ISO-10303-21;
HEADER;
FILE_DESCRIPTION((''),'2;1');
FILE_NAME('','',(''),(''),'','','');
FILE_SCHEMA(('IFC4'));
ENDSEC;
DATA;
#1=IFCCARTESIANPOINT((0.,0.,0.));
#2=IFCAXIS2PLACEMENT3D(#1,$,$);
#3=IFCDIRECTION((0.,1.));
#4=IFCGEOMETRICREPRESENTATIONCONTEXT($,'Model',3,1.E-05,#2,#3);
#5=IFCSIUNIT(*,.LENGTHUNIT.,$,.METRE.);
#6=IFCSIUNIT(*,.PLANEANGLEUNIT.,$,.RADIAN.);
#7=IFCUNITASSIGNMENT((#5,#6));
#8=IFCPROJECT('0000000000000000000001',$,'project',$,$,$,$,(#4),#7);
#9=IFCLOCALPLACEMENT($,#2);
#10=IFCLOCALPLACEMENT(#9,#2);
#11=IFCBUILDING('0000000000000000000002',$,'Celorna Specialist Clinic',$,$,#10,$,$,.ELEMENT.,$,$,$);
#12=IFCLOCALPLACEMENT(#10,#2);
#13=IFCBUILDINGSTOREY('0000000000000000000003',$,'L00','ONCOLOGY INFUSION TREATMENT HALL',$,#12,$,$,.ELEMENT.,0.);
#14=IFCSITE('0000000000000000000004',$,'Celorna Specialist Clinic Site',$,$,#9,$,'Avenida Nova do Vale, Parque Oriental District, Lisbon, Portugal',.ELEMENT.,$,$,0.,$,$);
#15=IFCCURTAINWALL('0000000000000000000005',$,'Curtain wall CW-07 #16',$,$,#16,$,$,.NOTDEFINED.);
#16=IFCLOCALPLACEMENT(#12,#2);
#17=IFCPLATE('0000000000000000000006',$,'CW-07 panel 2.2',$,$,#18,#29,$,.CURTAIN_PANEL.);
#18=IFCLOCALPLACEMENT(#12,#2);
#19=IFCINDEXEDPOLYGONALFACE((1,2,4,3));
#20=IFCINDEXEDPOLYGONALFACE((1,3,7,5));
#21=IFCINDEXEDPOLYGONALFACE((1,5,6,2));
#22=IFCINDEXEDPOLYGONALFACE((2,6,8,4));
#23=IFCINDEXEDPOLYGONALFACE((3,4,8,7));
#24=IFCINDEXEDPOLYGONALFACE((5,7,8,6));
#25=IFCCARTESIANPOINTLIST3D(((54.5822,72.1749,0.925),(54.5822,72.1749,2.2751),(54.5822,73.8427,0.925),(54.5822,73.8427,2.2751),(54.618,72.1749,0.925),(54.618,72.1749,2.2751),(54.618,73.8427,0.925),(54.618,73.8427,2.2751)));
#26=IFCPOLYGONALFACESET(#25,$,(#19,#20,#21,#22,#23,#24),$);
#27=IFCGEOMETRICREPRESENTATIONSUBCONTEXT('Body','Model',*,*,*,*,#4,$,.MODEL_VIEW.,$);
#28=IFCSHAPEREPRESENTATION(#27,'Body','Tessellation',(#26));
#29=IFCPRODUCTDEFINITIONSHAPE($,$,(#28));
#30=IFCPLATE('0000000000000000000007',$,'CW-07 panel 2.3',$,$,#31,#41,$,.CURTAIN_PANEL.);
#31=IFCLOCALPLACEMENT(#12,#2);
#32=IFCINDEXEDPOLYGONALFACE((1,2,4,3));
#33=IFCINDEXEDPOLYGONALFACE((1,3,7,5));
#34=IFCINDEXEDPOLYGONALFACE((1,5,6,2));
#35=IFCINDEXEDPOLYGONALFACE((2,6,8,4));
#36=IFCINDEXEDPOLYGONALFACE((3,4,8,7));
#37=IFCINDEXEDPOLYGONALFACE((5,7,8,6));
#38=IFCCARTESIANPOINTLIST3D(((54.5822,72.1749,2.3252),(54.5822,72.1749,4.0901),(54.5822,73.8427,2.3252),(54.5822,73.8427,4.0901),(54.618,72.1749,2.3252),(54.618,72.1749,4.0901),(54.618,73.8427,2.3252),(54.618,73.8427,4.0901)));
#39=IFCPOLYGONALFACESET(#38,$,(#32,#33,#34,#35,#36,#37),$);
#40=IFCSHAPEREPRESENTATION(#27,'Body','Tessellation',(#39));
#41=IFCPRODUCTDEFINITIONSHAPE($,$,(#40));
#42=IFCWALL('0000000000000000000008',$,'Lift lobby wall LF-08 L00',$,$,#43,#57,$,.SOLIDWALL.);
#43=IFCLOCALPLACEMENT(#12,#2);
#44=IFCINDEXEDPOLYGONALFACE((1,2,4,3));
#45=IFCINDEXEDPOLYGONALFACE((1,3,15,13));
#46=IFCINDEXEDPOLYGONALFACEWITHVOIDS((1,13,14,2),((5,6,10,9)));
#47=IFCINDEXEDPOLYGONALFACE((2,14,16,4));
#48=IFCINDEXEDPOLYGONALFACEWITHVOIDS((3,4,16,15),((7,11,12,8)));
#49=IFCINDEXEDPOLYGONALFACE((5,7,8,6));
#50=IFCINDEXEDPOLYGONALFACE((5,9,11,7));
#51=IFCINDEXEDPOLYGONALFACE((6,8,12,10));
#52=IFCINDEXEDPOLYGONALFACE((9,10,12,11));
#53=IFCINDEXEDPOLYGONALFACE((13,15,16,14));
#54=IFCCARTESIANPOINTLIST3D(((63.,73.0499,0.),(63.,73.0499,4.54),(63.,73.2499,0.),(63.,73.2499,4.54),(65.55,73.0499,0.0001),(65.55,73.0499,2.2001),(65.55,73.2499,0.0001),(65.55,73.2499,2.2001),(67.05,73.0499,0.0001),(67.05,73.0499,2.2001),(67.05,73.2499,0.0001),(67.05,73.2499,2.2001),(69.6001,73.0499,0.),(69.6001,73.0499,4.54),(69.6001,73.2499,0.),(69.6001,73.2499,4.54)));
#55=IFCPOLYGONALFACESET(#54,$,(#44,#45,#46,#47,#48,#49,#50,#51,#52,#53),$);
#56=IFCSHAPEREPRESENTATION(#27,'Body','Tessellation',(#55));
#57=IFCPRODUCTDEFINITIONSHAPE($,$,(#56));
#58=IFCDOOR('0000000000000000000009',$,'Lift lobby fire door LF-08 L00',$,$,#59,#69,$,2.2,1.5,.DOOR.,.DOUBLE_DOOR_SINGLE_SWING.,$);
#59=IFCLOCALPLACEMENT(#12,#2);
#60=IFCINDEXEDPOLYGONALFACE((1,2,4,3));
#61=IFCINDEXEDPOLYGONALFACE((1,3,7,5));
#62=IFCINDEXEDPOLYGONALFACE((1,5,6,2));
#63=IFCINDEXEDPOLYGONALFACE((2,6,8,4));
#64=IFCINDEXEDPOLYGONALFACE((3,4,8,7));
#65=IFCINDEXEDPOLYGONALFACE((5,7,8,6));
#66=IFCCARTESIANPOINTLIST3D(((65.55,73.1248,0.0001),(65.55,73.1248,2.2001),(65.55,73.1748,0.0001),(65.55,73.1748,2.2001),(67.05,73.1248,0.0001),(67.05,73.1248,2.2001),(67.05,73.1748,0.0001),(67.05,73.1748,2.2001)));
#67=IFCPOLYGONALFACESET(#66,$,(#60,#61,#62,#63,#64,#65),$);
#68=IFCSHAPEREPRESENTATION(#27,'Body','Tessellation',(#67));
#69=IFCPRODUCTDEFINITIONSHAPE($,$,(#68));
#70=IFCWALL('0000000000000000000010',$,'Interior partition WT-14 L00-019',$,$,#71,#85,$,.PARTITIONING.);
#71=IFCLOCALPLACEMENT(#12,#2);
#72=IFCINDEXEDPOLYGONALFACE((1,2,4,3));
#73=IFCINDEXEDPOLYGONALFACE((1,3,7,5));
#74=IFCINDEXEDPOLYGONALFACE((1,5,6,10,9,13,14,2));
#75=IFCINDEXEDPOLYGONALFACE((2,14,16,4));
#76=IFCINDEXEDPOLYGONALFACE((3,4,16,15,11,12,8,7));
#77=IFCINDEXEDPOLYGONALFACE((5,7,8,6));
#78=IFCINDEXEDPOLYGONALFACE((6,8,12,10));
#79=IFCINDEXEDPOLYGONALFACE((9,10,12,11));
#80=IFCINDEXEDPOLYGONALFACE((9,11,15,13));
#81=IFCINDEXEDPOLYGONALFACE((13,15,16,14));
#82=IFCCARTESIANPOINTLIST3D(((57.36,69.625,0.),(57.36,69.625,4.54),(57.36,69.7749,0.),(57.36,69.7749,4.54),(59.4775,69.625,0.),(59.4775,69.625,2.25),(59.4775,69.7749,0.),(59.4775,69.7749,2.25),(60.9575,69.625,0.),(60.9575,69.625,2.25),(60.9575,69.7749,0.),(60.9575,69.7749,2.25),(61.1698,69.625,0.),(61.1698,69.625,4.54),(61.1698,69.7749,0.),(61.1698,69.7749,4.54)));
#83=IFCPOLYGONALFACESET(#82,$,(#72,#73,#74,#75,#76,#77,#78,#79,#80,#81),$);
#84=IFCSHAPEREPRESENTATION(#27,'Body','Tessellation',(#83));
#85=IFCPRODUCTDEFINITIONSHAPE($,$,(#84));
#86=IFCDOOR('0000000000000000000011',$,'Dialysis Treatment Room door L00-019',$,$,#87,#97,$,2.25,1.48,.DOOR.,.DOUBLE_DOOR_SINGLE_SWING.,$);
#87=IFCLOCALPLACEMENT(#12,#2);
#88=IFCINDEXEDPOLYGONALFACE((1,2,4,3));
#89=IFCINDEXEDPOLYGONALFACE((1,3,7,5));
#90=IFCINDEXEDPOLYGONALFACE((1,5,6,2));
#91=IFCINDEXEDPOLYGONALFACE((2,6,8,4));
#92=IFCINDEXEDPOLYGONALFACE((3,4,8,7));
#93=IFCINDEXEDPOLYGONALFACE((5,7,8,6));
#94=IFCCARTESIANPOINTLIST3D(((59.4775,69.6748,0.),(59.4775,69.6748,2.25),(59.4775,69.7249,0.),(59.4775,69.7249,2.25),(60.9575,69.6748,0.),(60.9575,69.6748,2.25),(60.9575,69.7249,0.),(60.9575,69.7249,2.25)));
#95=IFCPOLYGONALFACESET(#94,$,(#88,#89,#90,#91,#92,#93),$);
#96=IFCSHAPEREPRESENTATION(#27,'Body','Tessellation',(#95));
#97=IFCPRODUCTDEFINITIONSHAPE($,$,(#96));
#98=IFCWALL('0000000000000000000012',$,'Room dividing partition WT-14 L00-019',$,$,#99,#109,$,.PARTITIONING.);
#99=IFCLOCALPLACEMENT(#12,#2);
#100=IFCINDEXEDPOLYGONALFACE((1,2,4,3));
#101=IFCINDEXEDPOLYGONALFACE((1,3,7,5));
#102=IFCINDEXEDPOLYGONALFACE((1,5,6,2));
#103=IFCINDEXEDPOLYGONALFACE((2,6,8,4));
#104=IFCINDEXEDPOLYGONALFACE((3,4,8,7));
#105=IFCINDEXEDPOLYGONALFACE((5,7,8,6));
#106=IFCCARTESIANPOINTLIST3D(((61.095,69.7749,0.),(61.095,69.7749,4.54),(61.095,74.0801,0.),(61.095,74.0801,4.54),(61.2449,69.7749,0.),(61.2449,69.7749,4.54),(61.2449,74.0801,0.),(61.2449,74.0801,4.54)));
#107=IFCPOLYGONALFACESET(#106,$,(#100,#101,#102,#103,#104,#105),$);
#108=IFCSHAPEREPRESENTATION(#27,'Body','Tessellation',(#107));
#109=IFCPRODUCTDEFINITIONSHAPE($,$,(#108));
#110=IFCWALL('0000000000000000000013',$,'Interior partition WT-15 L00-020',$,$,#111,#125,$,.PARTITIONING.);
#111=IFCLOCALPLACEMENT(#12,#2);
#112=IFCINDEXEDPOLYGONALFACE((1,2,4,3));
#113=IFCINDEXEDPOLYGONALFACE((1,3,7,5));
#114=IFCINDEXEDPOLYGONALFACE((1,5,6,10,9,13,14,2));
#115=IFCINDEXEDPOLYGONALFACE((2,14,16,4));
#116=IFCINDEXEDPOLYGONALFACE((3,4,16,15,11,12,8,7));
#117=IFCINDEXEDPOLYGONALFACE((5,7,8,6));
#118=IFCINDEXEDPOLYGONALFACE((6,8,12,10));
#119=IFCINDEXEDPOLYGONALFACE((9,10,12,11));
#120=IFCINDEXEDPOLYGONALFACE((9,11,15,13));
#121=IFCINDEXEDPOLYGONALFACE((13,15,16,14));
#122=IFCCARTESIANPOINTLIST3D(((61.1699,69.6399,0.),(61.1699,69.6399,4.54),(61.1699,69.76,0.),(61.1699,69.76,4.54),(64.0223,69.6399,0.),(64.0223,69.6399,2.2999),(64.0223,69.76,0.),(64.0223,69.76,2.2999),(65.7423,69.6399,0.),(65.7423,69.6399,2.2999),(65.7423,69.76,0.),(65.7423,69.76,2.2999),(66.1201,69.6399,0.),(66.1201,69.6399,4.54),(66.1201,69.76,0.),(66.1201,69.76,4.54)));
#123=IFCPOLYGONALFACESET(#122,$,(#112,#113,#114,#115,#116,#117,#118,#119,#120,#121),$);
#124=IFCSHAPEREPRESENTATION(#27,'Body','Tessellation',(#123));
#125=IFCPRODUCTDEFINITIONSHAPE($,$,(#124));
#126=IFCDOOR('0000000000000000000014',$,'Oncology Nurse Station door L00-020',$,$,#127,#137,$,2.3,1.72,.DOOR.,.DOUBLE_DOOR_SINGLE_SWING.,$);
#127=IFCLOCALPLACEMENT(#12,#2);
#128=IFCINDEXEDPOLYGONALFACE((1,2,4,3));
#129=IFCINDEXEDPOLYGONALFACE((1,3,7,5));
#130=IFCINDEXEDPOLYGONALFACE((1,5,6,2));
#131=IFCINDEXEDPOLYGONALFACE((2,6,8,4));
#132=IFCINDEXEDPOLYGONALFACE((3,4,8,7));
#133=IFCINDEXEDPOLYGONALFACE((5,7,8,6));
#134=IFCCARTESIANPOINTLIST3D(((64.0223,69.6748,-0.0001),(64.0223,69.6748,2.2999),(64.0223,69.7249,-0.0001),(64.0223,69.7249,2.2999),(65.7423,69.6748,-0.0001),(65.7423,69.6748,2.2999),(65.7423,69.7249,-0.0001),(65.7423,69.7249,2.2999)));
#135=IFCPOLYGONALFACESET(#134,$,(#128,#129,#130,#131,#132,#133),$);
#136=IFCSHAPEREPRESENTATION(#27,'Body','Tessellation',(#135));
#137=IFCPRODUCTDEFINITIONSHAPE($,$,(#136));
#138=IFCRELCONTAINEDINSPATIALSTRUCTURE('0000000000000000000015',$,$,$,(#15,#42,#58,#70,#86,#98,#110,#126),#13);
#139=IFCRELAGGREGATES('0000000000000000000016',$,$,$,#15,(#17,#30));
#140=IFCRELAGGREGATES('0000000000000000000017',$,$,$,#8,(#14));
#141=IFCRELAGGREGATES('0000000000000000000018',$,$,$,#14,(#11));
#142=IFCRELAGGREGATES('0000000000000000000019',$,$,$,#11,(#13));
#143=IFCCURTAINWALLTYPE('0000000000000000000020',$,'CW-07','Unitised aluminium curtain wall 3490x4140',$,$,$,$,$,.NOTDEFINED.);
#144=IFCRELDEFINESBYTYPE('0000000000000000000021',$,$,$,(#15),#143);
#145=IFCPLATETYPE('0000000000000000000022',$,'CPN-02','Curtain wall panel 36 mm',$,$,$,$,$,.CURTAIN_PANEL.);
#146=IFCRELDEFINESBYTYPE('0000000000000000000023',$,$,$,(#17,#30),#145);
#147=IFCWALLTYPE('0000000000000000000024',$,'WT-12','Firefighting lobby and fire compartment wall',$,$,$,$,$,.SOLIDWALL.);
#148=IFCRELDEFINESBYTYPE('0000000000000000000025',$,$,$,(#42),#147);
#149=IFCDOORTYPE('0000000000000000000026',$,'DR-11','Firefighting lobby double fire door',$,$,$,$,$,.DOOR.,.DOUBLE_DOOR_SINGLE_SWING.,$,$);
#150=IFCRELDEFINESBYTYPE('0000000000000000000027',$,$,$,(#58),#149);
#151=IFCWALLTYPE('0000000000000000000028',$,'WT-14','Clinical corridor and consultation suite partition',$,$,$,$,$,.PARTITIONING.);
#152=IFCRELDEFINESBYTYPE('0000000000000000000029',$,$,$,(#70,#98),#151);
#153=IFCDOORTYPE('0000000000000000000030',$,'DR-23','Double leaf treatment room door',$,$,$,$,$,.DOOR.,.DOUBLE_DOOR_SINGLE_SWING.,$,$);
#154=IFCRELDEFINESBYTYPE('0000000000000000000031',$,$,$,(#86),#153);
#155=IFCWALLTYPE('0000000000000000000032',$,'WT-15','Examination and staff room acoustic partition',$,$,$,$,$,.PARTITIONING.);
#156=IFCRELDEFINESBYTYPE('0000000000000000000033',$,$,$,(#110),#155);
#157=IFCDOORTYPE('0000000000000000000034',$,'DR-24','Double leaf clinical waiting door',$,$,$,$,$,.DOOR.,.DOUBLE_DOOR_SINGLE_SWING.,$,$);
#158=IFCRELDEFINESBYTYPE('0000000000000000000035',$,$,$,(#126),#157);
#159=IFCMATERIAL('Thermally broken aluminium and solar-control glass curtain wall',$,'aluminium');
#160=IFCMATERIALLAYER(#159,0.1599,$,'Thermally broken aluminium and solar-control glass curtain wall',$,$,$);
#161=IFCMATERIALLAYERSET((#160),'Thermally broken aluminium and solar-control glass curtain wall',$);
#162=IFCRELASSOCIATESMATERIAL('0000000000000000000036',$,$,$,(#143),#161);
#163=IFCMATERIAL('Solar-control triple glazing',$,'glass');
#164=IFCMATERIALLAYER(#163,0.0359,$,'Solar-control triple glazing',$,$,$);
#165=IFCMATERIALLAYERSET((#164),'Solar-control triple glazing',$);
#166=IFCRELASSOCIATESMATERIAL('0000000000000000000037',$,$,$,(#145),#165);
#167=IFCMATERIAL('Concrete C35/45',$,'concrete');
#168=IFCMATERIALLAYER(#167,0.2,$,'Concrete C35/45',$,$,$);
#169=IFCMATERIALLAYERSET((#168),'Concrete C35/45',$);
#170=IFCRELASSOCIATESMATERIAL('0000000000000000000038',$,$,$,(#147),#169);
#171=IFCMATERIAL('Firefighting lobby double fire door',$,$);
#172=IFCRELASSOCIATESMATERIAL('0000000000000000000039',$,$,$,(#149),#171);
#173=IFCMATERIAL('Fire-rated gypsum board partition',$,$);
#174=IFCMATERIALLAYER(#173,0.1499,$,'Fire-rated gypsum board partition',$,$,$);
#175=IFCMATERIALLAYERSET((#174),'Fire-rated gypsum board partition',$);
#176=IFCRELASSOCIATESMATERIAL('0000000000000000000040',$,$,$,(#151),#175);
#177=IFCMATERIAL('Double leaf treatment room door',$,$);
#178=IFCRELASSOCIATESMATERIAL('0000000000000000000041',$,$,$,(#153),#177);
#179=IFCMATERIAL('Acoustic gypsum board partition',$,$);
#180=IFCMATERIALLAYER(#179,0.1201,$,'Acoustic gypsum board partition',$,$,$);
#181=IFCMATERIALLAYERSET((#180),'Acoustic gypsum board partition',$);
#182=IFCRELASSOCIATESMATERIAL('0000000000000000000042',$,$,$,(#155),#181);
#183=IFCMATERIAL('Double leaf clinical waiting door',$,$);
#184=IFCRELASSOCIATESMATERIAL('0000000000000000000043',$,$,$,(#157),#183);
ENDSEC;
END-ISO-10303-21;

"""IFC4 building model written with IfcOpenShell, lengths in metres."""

from ifc_helpers import new_model, si_unit, direction, frame, frame_2d, origin, origin_2d, place, context, subcontext, project, spatial, rectangle, extrude, material, layer, layer_set, type_object, element, fill, aggregate, save


model = new_model("IFC4")

# Units and contexts
model_context = context("Model", 3, precision=1e-05, world=origin(), true_north=direction((0.0, 1.0)))
body_context = subcontext(model_context, "Body", "Model", "MODEL_VIEW")
ifc_project = project(units=[si_unit("LENGTHUNIT", "METRE"), si_unit("PLANEANGLEUNIT", "RADIAN")], contexts=[model_context])

# Site, building, storey
site_placement = place(None, origin())
site = spatial("IfcSite", under=ifc_project, at=site_placement, Name="Celorna Specialist Clinic Site", LongName="Avenida Nova do Vale, Parque Oriental District, Lisbon, Portugal", CompositionType="ELEMENT", RefElevation=0.0)
building_placement = place(site_placement, origin())
building = spatial("IfcBuilding", under=site, at=building_placement, Name="Celorna Specialist Clinic", CompositionType="ELEMENT")
storey_placement = place(building_placement, origin())
storey = spatial("IfcBuildingStorey", under=building, at=storey_placement, Name="L00", Description="ONCOLOGY INFUSION TREATMENT HALL", CompositionType="ELEMENT", Elevation=0.0)

# Curtain wall, plates
ifc_material_1 = material(Name="Thermally broken aluminium and solar-control glass curtain wall", Category="aluminium")
ifc_layer_1 = layer(ifc_material_1, 0.1599, Name="Thermally broken aluminium and solar-control glass curtain wall")
ifc_layer_set_1 = layer_set([ifc_layer_1], Name="Thermally broken aluminium and solar-control glass curtain wall")
curtain_wall_type = type_object("IfcCurtainWallType", Name="CW-07", Description="Unitised aluminium curtain wall 3490x4140", PredefinedType="NOTDEFINED", material=ifc_layer_set_1)
curtain_wall_placement = place(storey_placement, origin())
curtain_wall = element("IfcCurtainWall", 1, at=curtain_wall_placement, inside=storey, type_object=curtain_wall_type, Name="Curtain wall CW-07 #16", PredefinedType="NOTDEFINED")
ifc_material_2 = material(Name="Solar-control triple glazing", Category="glass")
ifc_layer_2 = layer(ifc_material_2, 0.0359, Name="Solar-control triple glazing")
ifc_layer_set_2 = layer_set([ifc_layer_2], Name="Solar-control triple glazing")
plate_type = type_object("IfcPlateType", Name="CPN-02", Description="Curtain wall panel 36 mm", PredefinedType="CURTAIN_PANEL", material=ifc_layer_set_2)
plate_1_placement = place(storey_placement, frame((54.6001, 73.0088, 0.925), z_axis=(0.0, 0.0, 1.0), x_axis=(0.0, 1.0, 0.0)))
plate_1 = element("IfcPlate", 2, at=plate_1_placement, type_object=plate_type, Name="CW-07 panel 2.2", PredefinedType="CURTAIN_PANEL", context=body_context, shape_type="SweptSolid", body=[
    extrude(rectangle(XDim=1.6677, YDim=0.0359, at=origin_2d()), origin(), (0.0, 0.0, 1.0), 1.3501),
])
plate_2_placement = place(storey_placement, frame((54.6001, 73.0088, 2.3252), z_axis=(0.0, 0.0, 1.0), x_axis=(0.0, 1.0, 0.0)))
plate_2 = element("IfcPlate", 3, at=plate_2_placement, type_object=plate_type, Name="CW-07 panel 2.3", PredefinedType="CURTAIN_PANEL", context=body_context, shape_type="SweptSolid", body=[
    extrude(rectangle(XDim=1.6677, YDim=0.0359, at=origin_2d()), origin(), (0.0, 0.0, 1.0), 1.7649),
])
aggregate(curtain_wall, [plate_1, plate_2])

# Wall, opening, door
ifc_material_3 = material(Name="Concrete C35/45", Category="concrete")
ifc_layer_3 = layer(ifc_material_3, 0.2, Name="Concrete C35/45")
ifc_layer_set_3 = layer_set([ifc_layer_3], Name="Concrete C35/45")
wall_type_1 = type_object("IfcWallType", Name="WT-12", Description="Firefighting lobby and fire compartment wall", PredefinedType="SOLIDWALL", material=ifc_layer_set_3)
wall_1_placement = place(storey_placement, frame((63.0, 73.1499, 0.0), z_axis=(0.0, 0.0, 1.0), x_axis=(1.0, 0.0, 0.0)))
wall_1 = element("IfcWall", 4, at=wall_1_placement, inside=storey, type_object=wall_type_1, Name="Lift lobby wall LF-08 L00", PredefinedType="SOLIDWALL", context=body_context, shape_type="SweptSolid", body=[
    extrude(rectangle(XDim=6.6001, YDim=0.2, at=frame_2d((3.3, 0.0))), origin(), (0.0, 0.0, 1.0), 4.54),
])
opening_1_placement = place(wall_1_placement, frame((2.55, 0.0, 0.0)))
opening_1 = element("IfcOpeningElement", 5, at=opening_1_placement, cuts=wall_1, PredefinedType="OPENING", context=body_context, shape_type="SweptSolid", body=[
    extrude(rectangle(XDim=1.5, YDim=2.2, at=frame_2d((0.75, 1.1001))), frame((0.0, 0.1099, 0.0), z_axis=(0.0, -1.0, 0.0), x_axis=(1.0, 0.0, 0.0)), (0.0, 0.0, 1.0), 0.22),
])
ifc_material_4 = material(Name="Firefighting lobby double fire door")
door_type_1 = type_object("IfcDoorType", Name="DR-11", Description="Firefighting lobby double fire door", OperationType="DOUBLE_DOOR_SINGLE_SWING", PredefinedType="DOOR", material=ifc_material_4)
door_1_placement = place(opening_1_placement, origin())
door_1 = element("IfcDoor", 6, at=door_1_placement, inside=storey, type_object=door_type_1, Name="Lift lobby fire door LF-08 L00", OperationType="DOUBLE_DOOR_SINGLE_SWING", OverallHeight=2.2, OverallWidth=1.5, PredefinedType="DOOR", context=body_context, shape_type="SweptSolid", body=[
    extrude(rectangle(XDim=1.5, YDim=2.2, at=frame_2d((0.75, 1.1001))), frame((0.0, 0.0249, 0.0), z_axis=(0.0, -1.0, 0.0), x_axis=(1.0, 0.0, 0.0)), (0.0, 0.0, 1.0), 0.05),
])
fill(opening_1, door_1)

# Shared definitions
ifc_material_5 = material(Name="Fire-rated gypsum board partition")
ifc_layer_4 = layer(ifc_material_5, 0.1499, Name="Fire-rated gypsum board partition")
ifc_layer_set_4 = layer_set([ifc_layer_4], Name="Fire-rated gypsum board partition")
wall_type_2 = type_object("IfcWallType", Name="WT-14", Description="Clinical corridor and consultation suite partition", PredefinedType="PARTITIONING", material=ifc_layer_set_4)

# Wall, opening, door
wall_2_placement = place(storey_placement, frame((57.3601, 69.7, 0.0), z_axis=(0.0, 0.0, 1.0), x_axis=(1.0, 0.0, 0.0)))
wall_2 = element("IfcWall", 7, at=wall_2_placement, inside=storey, type_object=wall_type_2, Name="Interior partition WT-14 L00-019", PredefinedType="PARTITIONING", context=body_context, shape_type="SweptSolid", body=[
    extrude(rectangle(XDim=3.8098, YDim=0.1499, at=frame_2d((1.9048, 0.0))), origin(), (0.0, 0.0, 1.0), 4.54),
])
opening_2_placement = place(wall_2_placement, frame((2.1174, 0.0, 0.0)))
opening_2 = element("IfcOpeningElement", 8, at=opening_2_placement, cuts=wall_2, PredefinedType="OPENING", context=body_context, shape_type="SweptSolid", body=[
    extrude(rectangle(XDim=1.48, YDim=2.25, at=frame_2d((0.74, 1.125))), frame((0.0, 0.085, 0.0), z_axis=(0.0, -1.0, 0.0), x_axis=(1.0, 0.0, 0.0)), (0.0, 0.0, 1.0), 0.1699),
])
ifc_material_6 = material(Name="Double leaf treatment room door")
door_type_2 = type_object("IfcDoorType", Name="DR-23", Description="Double leaf treatment room door", OperationType="DOUBLE_DOOR_SINGLE_SWING", PredefinedType="DOOR", material=ifc_material_6)
door_2_placement = place(opening_2_placement, origin())
door_2 = element("IfcDoor", 9, at=door_2_placement, inside=storey, type_object=door_type_2, Name="Dialysis Treatment Room door L00-019", OperationType="DOUBLE_DOOR_SINGLE_SWING", OverallHeight=2.25, OverallWidth=1.48, PredefinedType="DOOR", context=body_context, shape_type="SweptSolid", body=[
    extrude(rectangle(XDim=1.48, YDim=2.25, at=frame_2d((0.74, 1.125))), frame((0.0, 0.0249, 0.0), z_axis=(0.0, -1.0, 0.0), x_axis=(1.0, 0.0, 0.0)), (0.0, 0.0, 1.0), 0.05),
])
fill(opening_2, door_2)

# Wall
wall_3_placement = place(storey_placement, frame((61.1699, 69.7749, 0.0), z_axis=(0.0, 0.0, 1.0), x_axis=(0.0, 1.0, 0.0)))
element("IfcWall", 10, at=wall_3_placement, inside=storey, type_object=wall_type_2, Name="Room dividing partition WT-14 L00-019", PredefinedType="PARTITIONING", context=body_context, shape_type="SweptSolid", body=[
    extrude(rectangle(XDim=4.3052, YDim=0.1499, at=frame_2d((2.1526, 0.0))), origin(), (0.0, 0.0, 1.0), 4.54),
])

# Wall, opening, door
ifc_material_7 = material(Name="Acoustic gypsum board partition")
ifc_layer_5 = layer(ifc_material_7, 0.1201, Name="Acoustic gypsum board partition")
ifc_layer_set_5 = layer_set([ifc_layer_5], Name="Acoustic gypsum board partition")
wall_type_3 = type_object("IfcWallType", Name="WT-15", Description="Examination and staff room acoustic partition", PredefinedType="PARTITIONING", material=ifc_layer_set_5)
wall_4_placement = place(storey_placement, frame((61.1699, 69.7, 0.0), z_axis=(0.0, 0.0, 1.0), x_axis=(1.0, 0.0, 0.0)))
wall_4 = element("IfcWall", 11, at=wall_4_placement, inside=storey, type_object=wall_type_3, Name="Interior partition WT-15 L00-020", PredefinedType="PARTITIONING", context=body_context, shape_type="SweptSolid", body=[
    extrude(rectangle(XDim=4.9502, YDim=0.1201, at=frame_2d((2.4751, 0.0))), origin(), (0.0, 0.0, 1.0), 4.54),
])
opening_3_placement = place(wall_4_placement, frame((2.8525, 0.0, 0.0)))
opening_3 = element("IfcOpeningElement", 12, at=opening_3_placement, cuts=wall_4, PredefinedType="OPENING", context=body_context, shape_type="SweptSolid", body=[
    extrude(rectangle(XDim=1.72, YDim=2.3, at=frame_2d((0.8599, 1.1499))), frame((0.0, 0.0701, 0.0), z_axis=(0.0, -1.0, 0.0), x_axis=(1.0, 0.0, 0.0)), (0.0, 0.0, 1.0), 0.1401),
])
ifc_material_8 = material(Name="Double leaf clinical waiting door")
door_type_3 = type_object("IfcDoorType", Name="DR-24", Description="Double leaf clinical waiting door", OperationType="DOUBLE_DOOR_SINGLE_SWING", PredefinedType="DOOR", material=ifc_material_8)
door_3_placement = place(opening_3_placement, origin())
door_3 = element("IfcDoor", 13, at=door_3_placement, inside=storey, type_object=door_type_3, Name="Oncology Nurse Station door L00-020", OperationType="DOUBLE_DOOR_SINGLE_SWING", OverallHeight=2.3, OverallWidth=1.72, PredefinedType="DOOR", context=body_context, shape_type="SweptSolid", body=[
    extrude(rectangle(XDim=1.72, YDim=2.3, at=frame_2d((0.8599, 1.1499))), frame((0.0, 0.0249, 0.0), z_axis=(0.0, -1.0, 0.0), x_axis=(1.0, 0.0, 0.0)), (0.0, 0.0, 1.0), 0.05),
])
fill(opening_3, door_3)

save(model, "model.ifc")
